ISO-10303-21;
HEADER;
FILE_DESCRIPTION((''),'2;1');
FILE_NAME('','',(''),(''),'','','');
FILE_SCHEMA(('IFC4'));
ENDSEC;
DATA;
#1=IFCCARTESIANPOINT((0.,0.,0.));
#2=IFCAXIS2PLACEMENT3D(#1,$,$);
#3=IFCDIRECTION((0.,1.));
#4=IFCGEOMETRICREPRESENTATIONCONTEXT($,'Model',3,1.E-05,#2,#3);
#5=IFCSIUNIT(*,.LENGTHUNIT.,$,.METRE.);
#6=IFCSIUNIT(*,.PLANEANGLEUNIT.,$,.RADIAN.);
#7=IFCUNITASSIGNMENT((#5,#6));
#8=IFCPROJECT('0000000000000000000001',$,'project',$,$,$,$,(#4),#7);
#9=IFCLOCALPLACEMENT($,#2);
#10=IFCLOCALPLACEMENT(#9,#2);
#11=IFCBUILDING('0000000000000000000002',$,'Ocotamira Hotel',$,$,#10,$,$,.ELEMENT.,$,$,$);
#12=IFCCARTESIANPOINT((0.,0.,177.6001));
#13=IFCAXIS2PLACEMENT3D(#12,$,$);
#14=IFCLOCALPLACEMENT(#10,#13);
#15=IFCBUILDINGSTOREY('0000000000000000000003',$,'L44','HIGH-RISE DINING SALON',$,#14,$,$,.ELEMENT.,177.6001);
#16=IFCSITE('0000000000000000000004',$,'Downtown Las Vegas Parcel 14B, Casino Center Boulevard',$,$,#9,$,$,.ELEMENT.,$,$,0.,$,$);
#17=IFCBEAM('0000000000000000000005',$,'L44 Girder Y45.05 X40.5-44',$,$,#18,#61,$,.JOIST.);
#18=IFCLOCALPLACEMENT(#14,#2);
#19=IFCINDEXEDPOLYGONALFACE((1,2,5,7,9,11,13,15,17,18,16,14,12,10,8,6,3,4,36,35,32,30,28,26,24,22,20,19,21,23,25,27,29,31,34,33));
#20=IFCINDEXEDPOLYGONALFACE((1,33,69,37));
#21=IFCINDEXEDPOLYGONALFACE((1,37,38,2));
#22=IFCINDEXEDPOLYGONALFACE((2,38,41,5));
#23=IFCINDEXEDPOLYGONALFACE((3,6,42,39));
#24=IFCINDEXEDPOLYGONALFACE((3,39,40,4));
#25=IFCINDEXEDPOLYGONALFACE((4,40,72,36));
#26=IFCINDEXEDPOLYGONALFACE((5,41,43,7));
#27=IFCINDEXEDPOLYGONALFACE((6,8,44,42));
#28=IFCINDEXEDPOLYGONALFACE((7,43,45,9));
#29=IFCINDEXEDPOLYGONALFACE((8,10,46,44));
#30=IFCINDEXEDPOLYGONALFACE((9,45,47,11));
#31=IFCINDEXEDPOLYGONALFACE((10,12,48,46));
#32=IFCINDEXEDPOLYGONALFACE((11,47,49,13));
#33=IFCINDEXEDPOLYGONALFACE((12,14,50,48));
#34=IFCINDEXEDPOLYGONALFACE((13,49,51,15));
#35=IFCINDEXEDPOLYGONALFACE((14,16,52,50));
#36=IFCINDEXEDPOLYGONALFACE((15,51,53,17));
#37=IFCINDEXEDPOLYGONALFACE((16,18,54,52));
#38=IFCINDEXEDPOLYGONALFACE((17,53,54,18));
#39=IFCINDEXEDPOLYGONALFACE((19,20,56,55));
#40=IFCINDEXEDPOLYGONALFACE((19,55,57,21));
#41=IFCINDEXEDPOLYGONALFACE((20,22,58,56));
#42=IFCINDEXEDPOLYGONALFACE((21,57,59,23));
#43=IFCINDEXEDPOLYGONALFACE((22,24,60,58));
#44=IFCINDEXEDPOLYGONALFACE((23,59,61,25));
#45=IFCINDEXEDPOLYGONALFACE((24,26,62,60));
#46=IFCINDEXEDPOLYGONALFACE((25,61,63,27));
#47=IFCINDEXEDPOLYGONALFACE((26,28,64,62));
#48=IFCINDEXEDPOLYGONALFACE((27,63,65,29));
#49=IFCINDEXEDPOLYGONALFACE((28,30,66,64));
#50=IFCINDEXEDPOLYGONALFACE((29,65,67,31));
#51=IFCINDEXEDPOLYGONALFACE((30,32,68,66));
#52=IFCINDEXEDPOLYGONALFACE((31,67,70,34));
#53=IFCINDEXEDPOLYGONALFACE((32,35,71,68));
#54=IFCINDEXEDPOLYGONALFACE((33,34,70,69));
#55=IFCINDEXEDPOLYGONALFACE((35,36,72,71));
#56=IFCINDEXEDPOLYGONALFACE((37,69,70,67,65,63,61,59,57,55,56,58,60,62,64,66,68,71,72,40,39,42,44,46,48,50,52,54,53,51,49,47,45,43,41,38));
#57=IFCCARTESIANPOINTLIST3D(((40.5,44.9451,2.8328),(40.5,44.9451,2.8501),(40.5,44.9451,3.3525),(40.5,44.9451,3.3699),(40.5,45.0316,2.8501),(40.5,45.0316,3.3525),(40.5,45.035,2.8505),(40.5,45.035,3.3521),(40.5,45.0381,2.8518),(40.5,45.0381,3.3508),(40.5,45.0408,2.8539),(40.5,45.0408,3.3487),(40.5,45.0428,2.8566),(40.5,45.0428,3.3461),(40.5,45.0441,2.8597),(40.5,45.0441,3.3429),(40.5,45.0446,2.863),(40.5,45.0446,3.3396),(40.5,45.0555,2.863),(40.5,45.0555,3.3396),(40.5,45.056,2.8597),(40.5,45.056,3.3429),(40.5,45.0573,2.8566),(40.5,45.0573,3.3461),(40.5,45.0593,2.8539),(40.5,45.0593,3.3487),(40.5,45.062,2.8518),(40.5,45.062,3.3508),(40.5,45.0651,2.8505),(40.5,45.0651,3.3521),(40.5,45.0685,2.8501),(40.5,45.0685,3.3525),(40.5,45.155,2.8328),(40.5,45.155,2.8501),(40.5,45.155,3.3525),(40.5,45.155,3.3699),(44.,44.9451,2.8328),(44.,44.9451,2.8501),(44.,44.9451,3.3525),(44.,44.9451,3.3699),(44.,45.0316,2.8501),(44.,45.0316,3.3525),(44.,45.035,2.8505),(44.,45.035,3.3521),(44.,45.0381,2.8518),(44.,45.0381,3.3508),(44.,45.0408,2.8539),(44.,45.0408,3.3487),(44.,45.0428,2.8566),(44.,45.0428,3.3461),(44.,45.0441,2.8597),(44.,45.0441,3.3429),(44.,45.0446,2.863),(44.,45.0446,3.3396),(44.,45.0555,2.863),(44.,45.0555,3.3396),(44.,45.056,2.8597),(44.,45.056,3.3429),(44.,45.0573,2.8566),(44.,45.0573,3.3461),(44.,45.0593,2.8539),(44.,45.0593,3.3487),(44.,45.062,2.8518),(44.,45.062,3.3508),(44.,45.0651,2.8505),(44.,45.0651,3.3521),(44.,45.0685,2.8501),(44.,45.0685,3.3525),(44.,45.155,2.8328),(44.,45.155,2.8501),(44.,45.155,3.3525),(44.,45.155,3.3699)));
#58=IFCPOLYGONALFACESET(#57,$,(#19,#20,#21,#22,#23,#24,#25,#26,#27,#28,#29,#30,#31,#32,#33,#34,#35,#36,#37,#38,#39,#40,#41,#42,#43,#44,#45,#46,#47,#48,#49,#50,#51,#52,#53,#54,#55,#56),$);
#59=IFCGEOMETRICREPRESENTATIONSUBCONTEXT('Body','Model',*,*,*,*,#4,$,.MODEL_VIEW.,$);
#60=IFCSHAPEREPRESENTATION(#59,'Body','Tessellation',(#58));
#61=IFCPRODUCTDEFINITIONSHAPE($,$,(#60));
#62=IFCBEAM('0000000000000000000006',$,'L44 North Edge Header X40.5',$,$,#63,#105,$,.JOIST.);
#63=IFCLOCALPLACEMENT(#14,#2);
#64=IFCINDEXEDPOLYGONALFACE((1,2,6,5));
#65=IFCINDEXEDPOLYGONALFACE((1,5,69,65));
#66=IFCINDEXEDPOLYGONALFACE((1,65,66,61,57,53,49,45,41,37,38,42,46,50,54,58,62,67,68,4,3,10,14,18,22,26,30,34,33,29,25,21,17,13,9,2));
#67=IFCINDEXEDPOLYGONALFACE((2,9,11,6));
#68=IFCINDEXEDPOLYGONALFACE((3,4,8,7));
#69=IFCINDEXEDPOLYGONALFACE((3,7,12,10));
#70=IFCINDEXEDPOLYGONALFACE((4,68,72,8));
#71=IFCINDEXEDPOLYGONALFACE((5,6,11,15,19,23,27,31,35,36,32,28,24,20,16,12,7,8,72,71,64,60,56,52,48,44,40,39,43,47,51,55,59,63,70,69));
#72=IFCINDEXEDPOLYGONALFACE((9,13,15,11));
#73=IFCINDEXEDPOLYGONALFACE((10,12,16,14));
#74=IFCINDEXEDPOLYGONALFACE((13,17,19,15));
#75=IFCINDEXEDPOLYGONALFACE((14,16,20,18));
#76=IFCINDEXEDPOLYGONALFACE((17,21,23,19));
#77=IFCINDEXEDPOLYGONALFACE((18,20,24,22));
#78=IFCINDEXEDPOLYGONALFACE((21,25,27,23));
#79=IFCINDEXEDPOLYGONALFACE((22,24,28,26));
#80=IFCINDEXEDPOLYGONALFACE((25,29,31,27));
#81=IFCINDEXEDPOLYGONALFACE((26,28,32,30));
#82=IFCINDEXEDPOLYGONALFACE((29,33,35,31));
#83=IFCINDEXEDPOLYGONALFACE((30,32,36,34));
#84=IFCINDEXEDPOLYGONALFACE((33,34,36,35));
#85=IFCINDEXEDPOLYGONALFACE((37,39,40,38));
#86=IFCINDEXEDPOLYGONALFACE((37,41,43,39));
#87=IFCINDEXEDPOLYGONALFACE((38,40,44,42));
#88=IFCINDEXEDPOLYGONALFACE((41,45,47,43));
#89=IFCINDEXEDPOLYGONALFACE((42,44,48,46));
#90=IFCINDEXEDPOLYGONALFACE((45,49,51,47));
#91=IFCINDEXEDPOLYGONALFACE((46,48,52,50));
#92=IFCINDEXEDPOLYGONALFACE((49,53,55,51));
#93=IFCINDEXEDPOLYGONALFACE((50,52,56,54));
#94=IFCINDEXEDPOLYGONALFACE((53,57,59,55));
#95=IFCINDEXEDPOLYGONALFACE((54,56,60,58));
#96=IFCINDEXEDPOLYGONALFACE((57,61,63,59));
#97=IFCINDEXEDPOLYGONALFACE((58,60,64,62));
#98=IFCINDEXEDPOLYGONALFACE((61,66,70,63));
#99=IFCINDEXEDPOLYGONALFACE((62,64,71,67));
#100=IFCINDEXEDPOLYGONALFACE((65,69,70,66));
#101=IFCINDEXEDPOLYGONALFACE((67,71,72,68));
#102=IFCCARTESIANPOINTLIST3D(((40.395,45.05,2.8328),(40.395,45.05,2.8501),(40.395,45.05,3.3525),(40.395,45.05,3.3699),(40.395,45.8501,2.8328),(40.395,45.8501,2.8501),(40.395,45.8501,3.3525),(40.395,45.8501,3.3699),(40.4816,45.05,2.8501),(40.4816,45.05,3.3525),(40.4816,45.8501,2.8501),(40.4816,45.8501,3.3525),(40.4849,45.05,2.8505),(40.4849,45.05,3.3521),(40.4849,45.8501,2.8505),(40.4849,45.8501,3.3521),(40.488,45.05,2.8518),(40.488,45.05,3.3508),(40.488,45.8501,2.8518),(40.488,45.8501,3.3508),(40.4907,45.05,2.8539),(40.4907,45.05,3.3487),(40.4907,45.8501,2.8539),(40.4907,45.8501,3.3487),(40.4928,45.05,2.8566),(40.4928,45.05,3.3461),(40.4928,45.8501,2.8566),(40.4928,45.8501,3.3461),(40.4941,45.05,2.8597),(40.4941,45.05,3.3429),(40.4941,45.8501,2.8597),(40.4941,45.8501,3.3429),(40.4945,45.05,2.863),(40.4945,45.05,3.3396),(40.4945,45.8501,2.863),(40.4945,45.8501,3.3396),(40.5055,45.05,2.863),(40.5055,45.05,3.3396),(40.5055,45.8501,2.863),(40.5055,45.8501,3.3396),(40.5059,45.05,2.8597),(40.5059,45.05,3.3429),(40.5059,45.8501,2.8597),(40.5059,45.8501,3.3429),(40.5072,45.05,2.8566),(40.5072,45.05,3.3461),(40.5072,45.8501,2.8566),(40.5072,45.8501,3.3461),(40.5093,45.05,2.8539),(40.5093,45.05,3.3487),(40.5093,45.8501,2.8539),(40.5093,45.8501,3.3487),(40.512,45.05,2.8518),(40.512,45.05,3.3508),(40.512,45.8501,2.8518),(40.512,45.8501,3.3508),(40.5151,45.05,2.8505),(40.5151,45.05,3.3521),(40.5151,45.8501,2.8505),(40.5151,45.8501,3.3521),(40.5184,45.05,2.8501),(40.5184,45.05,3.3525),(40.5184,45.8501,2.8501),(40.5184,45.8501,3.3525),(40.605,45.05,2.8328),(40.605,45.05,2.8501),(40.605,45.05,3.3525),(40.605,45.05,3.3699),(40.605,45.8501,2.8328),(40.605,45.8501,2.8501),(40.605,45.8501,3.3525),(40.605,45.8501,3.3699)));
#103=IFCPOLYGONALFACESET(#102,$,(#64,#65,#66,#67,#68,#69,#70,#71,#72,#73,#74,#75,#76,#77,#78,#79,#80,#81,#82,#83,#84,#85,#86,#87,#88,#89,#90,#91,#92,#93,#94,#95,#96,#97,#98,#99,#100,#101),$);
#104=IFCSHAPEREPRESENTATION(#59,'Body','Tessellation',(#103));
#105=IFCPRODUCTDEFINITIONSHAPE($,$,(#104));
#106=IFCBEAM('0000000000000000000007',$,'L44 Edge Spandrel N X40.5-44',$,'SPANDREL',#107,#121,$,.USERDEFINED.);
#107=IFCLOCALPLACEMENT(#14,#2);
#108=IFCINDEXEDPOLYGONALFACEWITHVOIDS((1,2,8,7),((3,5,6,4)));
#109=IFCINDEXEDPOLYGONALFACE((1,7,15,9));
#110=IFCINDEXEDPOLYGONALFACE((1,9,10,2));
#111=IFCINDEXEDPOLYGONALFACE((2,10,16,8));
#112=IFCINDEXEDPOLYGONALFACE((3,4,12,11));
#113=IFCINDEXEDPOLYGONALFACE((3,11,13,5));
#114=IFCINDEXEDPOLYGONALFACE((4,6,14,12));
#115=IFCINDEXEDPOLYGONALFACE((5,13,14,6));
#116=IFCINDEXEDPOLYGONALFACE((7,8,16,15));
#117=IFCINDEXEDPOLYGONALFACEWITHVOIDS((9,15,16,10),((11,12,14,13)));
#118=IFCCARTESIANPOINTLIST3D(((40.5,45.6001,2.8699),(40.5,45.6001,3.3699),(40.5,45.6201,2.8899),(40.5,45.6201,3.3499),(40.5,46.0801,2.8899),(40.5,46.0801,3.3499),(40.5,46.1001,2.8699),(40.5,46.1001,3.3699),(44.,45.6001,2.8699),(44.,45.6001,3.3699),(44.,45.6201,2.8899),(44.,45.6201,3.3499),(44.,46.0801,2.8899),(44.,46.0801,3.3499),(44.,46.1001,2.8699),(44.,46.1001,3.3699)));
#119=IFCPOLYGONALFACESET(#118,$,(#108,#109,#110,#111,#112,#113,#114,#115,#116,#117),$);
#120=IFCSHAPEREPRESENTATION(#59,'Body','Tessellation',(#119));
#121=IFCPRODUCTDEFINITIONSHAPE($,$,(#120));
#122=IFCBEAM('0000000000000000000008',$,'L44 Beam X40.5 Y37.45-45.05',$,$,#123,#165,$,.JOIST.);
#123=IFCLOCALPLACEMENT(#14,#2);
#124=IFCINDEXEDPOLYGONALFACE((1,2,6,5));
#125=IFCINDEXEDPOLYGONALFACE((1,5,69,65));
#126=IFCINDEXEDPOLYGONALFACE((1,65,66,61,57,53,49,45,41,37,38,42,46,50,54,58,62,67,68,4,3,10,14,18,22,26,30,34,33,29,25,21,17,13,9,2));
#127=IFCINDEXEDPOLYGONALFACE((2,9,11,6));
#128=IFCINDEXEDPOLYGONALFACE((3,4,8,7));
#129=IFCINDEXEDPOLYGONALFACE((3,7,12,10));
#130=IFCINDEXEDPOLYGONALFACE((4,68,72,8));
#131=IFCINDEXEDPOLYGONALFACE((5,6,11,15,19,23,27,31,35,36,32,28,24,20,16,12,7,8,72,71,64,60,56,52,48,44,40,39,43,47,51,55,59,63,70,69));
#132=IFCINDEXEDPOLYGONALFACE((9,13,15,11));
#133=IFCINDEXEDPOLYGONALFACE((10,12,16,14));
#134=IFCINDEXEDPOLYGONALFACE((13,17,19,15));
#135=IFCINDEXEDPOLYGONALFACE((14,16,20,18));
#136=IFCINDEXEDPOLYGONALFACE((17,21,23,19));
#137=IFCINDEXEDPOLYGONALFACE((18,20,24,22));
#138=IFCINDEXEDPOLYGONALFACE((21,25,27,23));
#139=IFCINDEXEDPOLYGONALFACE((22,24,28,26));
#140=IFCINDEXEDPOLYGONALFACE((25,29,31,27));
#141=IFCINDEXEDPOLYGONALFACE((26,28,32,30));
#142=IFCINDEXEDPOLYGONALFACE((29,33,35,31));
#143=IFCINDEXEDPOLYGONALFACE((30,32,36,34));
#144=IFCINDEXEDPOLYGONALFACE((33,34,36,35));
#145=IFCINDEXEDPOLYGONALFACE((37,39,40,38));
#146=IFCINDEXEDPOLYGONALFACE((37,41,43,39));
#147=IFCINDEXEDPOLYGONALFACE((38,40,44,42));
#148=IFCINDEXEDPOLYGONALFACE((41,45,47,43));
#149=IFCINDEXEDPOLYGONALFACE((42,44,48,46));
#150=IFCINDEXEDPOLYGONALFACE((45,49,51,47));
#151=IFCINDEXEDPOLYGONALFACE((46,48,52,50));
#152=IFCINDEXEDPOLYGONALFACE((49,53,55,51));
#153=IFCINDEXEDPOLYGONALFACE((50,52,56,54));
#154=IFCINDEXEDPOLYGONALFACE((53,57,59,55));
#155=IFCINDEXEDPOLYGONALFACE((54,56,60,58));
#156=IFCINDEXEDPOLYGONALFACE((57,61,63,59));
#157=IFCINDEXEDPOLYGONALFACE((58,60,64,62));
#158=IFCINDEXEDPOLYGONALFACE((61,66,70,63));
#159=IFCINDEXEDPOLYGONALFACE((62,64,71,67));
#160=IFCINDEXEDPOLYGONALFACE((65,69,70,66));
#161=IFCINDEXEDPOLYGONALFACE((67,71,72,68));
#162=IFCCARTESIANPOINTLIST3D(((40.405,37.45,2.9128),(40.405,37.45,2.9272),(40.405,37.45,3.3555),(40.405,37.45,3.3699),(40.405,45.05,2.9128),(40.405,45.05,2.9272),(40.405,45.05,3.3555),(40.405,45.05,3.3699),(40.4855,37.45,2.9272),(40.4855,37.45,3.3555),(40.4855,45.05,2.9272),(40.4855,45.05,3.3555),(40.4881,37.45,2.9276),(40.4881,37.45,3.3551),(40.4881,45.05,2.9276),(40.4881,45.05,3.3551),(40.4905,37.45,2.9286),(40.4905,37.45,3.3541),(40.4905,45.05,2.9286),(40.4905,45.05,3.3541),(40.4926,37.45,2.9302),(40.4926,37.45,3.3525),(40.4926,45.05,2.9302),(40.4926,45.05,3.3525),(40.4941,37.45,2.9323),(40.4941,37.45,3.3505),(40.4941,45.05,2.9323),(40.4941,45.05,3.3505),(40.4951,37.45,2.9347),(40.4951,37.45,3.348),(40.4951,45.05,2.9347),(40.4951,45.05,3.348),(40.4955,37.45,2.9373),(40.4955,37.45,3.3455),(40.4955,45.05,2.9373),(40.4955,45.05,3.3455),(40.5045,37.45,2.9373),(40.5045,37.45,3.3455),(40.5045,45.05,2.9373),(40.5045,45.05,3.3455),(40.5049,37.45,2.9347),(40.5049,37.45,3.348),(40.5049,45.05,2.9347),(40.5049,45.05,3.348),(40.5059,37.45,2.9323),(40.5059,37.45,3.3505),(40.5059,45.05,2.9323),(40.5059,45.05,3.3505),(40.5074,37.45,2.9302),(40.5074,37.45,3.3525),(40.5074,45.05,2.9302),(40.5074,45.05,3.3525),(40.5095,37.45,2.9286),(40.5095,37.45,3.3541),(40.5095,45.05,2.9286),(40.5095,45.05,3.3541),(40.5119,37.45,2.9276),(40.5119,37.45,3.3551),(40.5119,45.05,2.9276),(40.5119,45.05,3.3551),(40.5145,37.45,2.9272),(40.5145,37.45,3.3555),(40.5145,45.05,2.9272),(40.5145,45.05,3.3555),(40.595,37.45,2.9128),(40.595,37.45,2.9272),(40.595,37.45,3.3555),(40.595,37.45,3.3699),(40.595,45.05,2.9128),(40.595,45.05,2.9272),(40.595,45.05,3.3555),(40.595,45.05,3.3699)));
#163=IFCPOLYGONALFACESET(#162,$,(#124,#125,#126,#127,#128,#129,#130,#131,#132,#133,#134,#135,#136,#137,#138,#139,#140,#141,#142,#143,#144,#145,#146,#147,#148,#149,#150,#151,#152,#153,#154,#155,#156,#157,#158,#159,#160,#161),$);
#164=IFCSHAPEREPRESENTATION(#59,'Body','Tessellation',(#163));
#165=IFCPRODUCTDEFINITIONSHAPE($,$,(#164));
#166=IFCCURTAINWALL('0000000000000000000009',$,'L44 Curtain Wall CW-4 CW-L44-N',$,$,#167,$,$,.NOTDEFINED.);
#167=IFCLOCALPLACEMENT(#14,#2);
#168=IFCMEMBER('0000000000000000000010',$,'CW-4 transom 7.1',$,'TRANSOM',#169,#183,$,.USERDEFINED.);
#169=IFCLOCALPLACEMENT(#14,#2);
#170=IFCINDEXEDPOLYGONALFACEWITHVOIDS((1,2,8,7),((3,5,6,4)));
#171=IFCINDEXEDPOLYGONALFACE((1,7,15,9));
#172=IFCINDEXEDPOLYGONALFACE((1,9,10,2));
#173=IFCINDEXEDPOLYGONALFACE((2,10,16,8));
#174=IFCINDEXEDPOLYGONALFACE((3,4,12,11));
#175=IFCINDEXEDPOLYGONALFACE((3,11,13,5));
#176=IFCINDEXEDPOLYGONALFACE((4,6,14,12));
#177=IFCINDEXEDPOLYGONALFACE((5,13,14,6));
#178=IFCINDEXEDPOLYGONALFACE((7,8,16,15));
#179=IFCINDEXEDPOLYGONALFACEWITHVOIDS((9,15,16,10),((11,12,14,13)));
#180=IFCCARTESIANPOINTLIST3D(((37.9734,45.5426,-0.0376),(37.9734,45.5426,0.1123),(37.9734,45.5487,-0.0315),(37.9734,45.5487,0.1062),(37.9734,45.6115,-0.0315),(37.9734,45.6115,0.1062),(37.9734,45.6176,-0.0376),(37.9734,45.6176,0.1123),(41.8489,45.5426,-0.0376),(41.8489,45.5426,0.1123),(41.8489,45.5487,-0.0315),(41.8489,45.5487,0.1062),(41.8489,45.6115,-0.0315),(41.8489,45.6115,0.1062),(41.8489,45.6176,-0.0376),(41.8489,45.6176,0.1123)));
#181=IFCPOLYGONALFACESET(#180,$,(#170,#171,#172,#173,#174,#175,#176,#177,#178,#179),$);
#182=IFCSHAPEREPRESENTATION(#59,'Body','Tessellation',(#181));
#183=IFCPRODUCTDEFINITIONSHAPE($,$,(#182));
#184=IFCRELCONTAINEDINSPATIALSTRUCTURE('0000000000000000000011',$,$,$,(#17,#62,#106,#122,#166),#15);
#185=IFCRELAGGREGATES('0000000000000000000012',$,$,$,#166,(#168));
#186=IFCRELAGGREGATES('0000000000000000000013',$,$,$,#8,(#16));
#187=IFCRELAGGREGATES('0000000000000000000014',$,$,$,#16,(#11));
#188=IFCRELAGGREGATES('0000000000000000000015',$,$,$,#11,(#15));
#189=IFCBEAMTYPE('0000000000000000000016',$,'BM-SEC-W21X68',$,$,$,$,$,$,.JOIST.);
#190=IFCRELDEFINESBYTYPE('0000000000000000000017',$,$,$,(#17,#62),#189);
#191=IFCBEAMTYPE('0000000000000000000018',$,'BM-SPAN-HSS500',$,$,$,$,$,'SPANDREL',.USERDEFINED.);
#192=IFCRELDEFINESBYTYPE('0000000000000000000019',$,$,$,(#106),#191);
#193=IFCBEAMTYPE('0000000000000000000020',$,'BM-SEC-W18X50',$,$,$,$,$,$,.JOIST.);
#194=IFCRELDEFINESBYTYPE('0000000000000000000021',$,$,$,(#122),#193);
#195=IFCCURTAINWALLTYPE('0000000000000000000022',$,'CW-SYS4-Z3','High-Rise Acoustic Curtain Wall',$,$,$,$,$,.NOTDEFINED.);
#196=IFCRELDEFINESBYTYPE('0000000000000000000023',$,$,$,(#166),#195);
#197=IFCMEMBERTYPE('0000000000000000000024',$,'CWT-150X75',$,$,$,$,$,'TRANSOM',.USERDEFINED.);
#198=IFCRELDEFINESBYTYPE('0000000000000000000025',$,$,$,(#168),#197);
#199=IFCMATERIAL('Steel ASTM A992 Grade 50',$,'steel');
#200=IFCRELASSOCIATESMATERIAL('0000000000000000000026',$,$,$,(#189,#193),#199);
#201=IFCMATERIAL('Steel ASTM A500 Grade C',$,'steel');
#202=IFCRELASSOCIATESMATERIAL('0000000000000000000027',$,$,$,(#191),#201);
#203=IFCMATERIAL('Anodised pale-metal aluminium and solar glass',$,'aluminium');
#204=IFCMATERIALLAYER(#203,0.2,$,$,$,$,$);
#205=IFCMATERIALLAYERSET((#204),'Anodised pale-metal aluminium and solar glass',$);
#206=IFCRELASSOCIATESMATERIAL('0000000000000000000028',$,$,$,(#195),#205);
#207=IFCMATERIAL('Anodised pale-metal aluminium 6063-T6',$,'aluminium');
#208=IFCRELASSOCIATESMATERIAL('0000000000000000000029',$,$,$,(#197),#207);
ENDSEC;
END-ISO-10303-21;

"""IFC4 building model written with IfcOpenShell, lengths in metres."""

from ifc_helpers import new_model, si_unit, direction, frame, origin, origin_2d, place, context, subcontext, project, spatial, hollow_rectangle, i_section, extrude, source, transform, mapped, material, layer, layer_set, material_profile, profile_set, type_object, element, aggregate, save


model = new_model("IFC4")

# Units and contexts
model_context = context("Model", 3, precision=1e-05, world=origin(), true_north=direction((0.0, 1.0)))
body_context = subcontext(model_context, "Body", "Model", "MODEL_VIEW")
ifc_project = project(units=[si_unit("LENGTHUNIT", "METRE"), si_unit("PLANEANGLEUNIT", "RADIAN")], contexts=[model_context])

# Site, building, storey
site_placement = place(None, origin())
site = spatial("IfcSite", under=ifc_project, at=site_placement, Name="Downtown Las Vegas Parcel 14B, Casino Center Boulevard", CompositionType="ELEMENT", RefElevation=0.0)
building_placement = place(site_placement, origin())
building = spatial("IfcBuilding", under=site, at=building_placement, Name="Ocotamira Hotel", CompositionType="ELEMENT")
storey_placement = place(building_placement, frame((0.0, 0.0, 177.6001)))
storey = spatial("IfcBuildingStorey", under=building, at=storey_placement, Name="L44", Description="HIGH-RISE DINING SALON", CompositionType="ELEMENT", Elevation=177.6001)

# Beams
ifc_material_1 = material(Name="Steel ASTM A992 Grade 50", Category="steel")
ifc_material_profile_1 = material_profile(ifc_material_1, i_section(OverallWidth=0.21, OverallDepth=0.5371, WebThickness=0.011, FlangeThickness=0.0173, FilletRadius=0.0129, at=origin_2d()), Name="W21X68")
ifc_profile_set_1 = profile_set([ifc_material_profile_1], Name="Steel ASTM A992 Grade 50")
beam_type_1 = type_object("IfcBeamType", Name="BM-SEC-W21X68", PredefinedType="JOIST", material=ifc_profile_set_1)
shared_shape_1 = source(origin(), body_context, "Body", "SweptSolid", [
    extrude(i_section(OverallWidth=0.21, OverallDepth=0.5371, WebThickness=0.011, FlangeThickness=0.0173, FilletRadius=0.0129, at=origin_2d()), origin(), (0.0, 0.0, 1.0), 3.5),
])
beam_1_placement = place(storey_placement, frame((40.5, 45.05, 3.1013), z_axis=(1.0, 0.0, 0.0), x_axis=(0.0, 1.0, 0.0)))
element("IfcBeam", 1, at=beam_1_placement, inside=storey, type_object=beam_type_1, Name="L44 Girder Y45.05 X40.5-44", PredefinedType="JOIST", context=body_context, shape_type="MappedRepresentation", body=[
    mapped(shared_shape_1, transform((0.0, 0.0, 0.0), scale=1.0)),
])
shared_shape_2 = source(origin(), body_context, "Body", "SweptSolid", [
    extrude(i_section(OverallWidth=0.21, OverallDepth=0.5371, WebThickness=0.011, FlangeThickness=0.0173, FilletRadius=0.0129, at=origin_2d()), origin(), (0.0, 0.0, 1.0), 0.8),
])
beam_2_placement = place(storey_placement, frame((40.5, 45.05, 3.1013), z_axis=(0.0, 1.0, 0.0), x_axis=(-1.0, 0.0, 0.0)))
element("IfcBeam", 2, at=beam_2_placement, inside=storey, type_object=beam_type_1, Name="L44 North Edge Header X40.5", PredefinedType="JOIST", context=body_context, shape_type="MappedRepresentation", body=[
    mapped(shared_shape_2, transform((0.0, 0.0, 0.0), scale=1.0)),
])
ifc_material_2 = material(Name="Steel ASTM A500 Grade C", Category="steel")
ifc_material_profile_2 = material_profile(ifc_material_2, hollow_rectangle(XDim=0.5, YDim=0.5, WallThickness=0.02, at=origin_2d()), Name="HSS500X500X20")
ifc_profile_set_2 = profile_set([ifc_material_profile_2], Name="Steel ASTM A500 Grade C")
beam_type_2 = type_object("IfcBeamType", Name="BM-SPAN-HSS500", ElementType="SPANDREL", PredefinedType="USERDEFINED", material=ifc_profile_set_2)
shared_shape_3 = source(origin(), body_context, "Body", "SweptSolid", [
    extrude(hollow_rectangle(XDim=0.5, YDim=0.5, WallThickness=0.02, at=origin_2d()), origin(), (0.0, 0.0, 1.0), 3.5),
])
beam_3_placement = place(storey_placement, frame((40.5, 45.8501, 3.1199), z_axis=(1.0, 0.0, 0.0), x_axis=(0.0, 1.0, 0.0)))
element("IfcBeam", 3, at=beam_3_placement, inside=storey, type_object=beam_type_2, Name="L44 Edge Spandrel N X40.5-44", ObjectType="SPANDREL", PredefinedType="USERDEFINED", context=body_context, shape_type="MappedRepresentation", body=[
    mapped(shared_shape_3, transform((0.0, 0.0, 0.0), scale=1.0)),
])
ifc_material_profile_3 = material_profile(ifc_material_1, i_section(OverallWidth=0.1899, OverallDepth=0.457, WebThickness=0.009, FlangeThickness=0.0144, FilletRadius=0.01, at=origin_2d()), Name="W18X50")
ifc_profile_set_3 = profile_set([ifc_material_profile_3], Name="Steel ASTM A992 Grade 50")
beam_type_3 = type_object("IfcBeamType", Name="BM-SEC-W18X50", PredefinedType="JOIST", material=ifc_profile_set_3)
shared_shape_4 = source(origin(), body_context, "Body", "SweptSolid", [
    extrude(i_section(OverallWidth=0.1899, OverallDepth=0.457, WebThickness=0.009, FlangeThickness=0.0144, FilletRadius=0.01, at=origin_2d()), origin(), (0.0, 0.0, 1.0), 7.6001),
])
beam_4_placement = place(storey_placement, frame((40.5, 37.45, 3.1414), z_axis=(0.0, 1.0, 0.0), x_axis=(-1.0, 0.0, 0.0)))
element("IfcBeam", 4, at=beam_4_placement, inside=storey, type_object=beam_type_3, Name="L44 Beam X40.5 Y37.45-45.05", PredefinedType="JOIST", context=body_context, shape_type="MappedRepresentation", body=[
    mapped(shared_shape_4, transform((0.0, 0.0, 0.0), scale=1.0)),
])

# Curtain wall, member
ifc_material_3 = material(Name="Anodised pale-metal aluminium and solar glass", Category="aluminium")
ifc_layer_1 = layer(ifc_material_3, 0.2)
ifc_layer_set_1 = layer_set([ifc_layer_1], Name="Anodised pale-metal aluminium and solar glass")
curtain_wall_type = type_object("IfcCurtainWallType", Name="CW-SYS4-Z3", Description="High-Rise Acoustic Curtain Wall", PredefinedType="NOTDEFINED", material=ifc_layer_set_1)
curtain_wall_placement = place(storey_placement, origin())
curtain_wall = element("IfcCurtainWall", 5, at=curtain_wall_placement, inside=storey, type_object=curtain_wall_type, Name="L44 Curtain Wall CW-4 CW-L44-N", PredefinedType="NOTDEFINED")
ifc_material_4 = material(Name="Anodised pale-metal aluminium 6063-T6", Category="aluminium")
ifc_material_profile_4 = material_profile(ifc_material_4, hollow_rectangle(XDim=0.075, YDim=0.1499, WallThickness=0.0061, at=origin_2d()), Name="HSS150X75X6")
ifc_profile_set_4 = profile_set([ifc_material_profile_4], Name="Anodised pale-metal aluminium 6063-T6")
member_type_1 = type_object("IfcMemberType", Name="CWT-150X75", ElementType="TRANSOM", PredefinedType="USERDEFINED", material=ifc_profile_set_4)
shared_shape_5 = source(origin(), body_context, "Body", "SweptSolid", [
    extrude(hollow_rectangle(XDim=0.075, YDim=0.1499, WallThickness=0.0061, at=origin_2d()), origin(), (0.0, 0.0, 1.0), 3.8755),
])
member_1_placement = place(storey_placement, frame((37.9734, 45.5801, 0.0374), z_axis=(1.0, 0.0, 0.0), x_axis=(0.0, 1.0, 0.0)))
member_1 = element("IfcMember", 6, at=member_1_placement, type_object=member_type_1, Name="CW-4 transom 7.1", ObjectType="TRANSOM", PredefinedType="USERDEFINED", context=body_context, shape_type="MappedRepresentation", body=[
    mapped(shared_shape_5, transform((0.0, 0.0, 0.0), scale=1.0)),
])

aggregate(curtain_wall, [member_1])

save(model, "model.ifc")
